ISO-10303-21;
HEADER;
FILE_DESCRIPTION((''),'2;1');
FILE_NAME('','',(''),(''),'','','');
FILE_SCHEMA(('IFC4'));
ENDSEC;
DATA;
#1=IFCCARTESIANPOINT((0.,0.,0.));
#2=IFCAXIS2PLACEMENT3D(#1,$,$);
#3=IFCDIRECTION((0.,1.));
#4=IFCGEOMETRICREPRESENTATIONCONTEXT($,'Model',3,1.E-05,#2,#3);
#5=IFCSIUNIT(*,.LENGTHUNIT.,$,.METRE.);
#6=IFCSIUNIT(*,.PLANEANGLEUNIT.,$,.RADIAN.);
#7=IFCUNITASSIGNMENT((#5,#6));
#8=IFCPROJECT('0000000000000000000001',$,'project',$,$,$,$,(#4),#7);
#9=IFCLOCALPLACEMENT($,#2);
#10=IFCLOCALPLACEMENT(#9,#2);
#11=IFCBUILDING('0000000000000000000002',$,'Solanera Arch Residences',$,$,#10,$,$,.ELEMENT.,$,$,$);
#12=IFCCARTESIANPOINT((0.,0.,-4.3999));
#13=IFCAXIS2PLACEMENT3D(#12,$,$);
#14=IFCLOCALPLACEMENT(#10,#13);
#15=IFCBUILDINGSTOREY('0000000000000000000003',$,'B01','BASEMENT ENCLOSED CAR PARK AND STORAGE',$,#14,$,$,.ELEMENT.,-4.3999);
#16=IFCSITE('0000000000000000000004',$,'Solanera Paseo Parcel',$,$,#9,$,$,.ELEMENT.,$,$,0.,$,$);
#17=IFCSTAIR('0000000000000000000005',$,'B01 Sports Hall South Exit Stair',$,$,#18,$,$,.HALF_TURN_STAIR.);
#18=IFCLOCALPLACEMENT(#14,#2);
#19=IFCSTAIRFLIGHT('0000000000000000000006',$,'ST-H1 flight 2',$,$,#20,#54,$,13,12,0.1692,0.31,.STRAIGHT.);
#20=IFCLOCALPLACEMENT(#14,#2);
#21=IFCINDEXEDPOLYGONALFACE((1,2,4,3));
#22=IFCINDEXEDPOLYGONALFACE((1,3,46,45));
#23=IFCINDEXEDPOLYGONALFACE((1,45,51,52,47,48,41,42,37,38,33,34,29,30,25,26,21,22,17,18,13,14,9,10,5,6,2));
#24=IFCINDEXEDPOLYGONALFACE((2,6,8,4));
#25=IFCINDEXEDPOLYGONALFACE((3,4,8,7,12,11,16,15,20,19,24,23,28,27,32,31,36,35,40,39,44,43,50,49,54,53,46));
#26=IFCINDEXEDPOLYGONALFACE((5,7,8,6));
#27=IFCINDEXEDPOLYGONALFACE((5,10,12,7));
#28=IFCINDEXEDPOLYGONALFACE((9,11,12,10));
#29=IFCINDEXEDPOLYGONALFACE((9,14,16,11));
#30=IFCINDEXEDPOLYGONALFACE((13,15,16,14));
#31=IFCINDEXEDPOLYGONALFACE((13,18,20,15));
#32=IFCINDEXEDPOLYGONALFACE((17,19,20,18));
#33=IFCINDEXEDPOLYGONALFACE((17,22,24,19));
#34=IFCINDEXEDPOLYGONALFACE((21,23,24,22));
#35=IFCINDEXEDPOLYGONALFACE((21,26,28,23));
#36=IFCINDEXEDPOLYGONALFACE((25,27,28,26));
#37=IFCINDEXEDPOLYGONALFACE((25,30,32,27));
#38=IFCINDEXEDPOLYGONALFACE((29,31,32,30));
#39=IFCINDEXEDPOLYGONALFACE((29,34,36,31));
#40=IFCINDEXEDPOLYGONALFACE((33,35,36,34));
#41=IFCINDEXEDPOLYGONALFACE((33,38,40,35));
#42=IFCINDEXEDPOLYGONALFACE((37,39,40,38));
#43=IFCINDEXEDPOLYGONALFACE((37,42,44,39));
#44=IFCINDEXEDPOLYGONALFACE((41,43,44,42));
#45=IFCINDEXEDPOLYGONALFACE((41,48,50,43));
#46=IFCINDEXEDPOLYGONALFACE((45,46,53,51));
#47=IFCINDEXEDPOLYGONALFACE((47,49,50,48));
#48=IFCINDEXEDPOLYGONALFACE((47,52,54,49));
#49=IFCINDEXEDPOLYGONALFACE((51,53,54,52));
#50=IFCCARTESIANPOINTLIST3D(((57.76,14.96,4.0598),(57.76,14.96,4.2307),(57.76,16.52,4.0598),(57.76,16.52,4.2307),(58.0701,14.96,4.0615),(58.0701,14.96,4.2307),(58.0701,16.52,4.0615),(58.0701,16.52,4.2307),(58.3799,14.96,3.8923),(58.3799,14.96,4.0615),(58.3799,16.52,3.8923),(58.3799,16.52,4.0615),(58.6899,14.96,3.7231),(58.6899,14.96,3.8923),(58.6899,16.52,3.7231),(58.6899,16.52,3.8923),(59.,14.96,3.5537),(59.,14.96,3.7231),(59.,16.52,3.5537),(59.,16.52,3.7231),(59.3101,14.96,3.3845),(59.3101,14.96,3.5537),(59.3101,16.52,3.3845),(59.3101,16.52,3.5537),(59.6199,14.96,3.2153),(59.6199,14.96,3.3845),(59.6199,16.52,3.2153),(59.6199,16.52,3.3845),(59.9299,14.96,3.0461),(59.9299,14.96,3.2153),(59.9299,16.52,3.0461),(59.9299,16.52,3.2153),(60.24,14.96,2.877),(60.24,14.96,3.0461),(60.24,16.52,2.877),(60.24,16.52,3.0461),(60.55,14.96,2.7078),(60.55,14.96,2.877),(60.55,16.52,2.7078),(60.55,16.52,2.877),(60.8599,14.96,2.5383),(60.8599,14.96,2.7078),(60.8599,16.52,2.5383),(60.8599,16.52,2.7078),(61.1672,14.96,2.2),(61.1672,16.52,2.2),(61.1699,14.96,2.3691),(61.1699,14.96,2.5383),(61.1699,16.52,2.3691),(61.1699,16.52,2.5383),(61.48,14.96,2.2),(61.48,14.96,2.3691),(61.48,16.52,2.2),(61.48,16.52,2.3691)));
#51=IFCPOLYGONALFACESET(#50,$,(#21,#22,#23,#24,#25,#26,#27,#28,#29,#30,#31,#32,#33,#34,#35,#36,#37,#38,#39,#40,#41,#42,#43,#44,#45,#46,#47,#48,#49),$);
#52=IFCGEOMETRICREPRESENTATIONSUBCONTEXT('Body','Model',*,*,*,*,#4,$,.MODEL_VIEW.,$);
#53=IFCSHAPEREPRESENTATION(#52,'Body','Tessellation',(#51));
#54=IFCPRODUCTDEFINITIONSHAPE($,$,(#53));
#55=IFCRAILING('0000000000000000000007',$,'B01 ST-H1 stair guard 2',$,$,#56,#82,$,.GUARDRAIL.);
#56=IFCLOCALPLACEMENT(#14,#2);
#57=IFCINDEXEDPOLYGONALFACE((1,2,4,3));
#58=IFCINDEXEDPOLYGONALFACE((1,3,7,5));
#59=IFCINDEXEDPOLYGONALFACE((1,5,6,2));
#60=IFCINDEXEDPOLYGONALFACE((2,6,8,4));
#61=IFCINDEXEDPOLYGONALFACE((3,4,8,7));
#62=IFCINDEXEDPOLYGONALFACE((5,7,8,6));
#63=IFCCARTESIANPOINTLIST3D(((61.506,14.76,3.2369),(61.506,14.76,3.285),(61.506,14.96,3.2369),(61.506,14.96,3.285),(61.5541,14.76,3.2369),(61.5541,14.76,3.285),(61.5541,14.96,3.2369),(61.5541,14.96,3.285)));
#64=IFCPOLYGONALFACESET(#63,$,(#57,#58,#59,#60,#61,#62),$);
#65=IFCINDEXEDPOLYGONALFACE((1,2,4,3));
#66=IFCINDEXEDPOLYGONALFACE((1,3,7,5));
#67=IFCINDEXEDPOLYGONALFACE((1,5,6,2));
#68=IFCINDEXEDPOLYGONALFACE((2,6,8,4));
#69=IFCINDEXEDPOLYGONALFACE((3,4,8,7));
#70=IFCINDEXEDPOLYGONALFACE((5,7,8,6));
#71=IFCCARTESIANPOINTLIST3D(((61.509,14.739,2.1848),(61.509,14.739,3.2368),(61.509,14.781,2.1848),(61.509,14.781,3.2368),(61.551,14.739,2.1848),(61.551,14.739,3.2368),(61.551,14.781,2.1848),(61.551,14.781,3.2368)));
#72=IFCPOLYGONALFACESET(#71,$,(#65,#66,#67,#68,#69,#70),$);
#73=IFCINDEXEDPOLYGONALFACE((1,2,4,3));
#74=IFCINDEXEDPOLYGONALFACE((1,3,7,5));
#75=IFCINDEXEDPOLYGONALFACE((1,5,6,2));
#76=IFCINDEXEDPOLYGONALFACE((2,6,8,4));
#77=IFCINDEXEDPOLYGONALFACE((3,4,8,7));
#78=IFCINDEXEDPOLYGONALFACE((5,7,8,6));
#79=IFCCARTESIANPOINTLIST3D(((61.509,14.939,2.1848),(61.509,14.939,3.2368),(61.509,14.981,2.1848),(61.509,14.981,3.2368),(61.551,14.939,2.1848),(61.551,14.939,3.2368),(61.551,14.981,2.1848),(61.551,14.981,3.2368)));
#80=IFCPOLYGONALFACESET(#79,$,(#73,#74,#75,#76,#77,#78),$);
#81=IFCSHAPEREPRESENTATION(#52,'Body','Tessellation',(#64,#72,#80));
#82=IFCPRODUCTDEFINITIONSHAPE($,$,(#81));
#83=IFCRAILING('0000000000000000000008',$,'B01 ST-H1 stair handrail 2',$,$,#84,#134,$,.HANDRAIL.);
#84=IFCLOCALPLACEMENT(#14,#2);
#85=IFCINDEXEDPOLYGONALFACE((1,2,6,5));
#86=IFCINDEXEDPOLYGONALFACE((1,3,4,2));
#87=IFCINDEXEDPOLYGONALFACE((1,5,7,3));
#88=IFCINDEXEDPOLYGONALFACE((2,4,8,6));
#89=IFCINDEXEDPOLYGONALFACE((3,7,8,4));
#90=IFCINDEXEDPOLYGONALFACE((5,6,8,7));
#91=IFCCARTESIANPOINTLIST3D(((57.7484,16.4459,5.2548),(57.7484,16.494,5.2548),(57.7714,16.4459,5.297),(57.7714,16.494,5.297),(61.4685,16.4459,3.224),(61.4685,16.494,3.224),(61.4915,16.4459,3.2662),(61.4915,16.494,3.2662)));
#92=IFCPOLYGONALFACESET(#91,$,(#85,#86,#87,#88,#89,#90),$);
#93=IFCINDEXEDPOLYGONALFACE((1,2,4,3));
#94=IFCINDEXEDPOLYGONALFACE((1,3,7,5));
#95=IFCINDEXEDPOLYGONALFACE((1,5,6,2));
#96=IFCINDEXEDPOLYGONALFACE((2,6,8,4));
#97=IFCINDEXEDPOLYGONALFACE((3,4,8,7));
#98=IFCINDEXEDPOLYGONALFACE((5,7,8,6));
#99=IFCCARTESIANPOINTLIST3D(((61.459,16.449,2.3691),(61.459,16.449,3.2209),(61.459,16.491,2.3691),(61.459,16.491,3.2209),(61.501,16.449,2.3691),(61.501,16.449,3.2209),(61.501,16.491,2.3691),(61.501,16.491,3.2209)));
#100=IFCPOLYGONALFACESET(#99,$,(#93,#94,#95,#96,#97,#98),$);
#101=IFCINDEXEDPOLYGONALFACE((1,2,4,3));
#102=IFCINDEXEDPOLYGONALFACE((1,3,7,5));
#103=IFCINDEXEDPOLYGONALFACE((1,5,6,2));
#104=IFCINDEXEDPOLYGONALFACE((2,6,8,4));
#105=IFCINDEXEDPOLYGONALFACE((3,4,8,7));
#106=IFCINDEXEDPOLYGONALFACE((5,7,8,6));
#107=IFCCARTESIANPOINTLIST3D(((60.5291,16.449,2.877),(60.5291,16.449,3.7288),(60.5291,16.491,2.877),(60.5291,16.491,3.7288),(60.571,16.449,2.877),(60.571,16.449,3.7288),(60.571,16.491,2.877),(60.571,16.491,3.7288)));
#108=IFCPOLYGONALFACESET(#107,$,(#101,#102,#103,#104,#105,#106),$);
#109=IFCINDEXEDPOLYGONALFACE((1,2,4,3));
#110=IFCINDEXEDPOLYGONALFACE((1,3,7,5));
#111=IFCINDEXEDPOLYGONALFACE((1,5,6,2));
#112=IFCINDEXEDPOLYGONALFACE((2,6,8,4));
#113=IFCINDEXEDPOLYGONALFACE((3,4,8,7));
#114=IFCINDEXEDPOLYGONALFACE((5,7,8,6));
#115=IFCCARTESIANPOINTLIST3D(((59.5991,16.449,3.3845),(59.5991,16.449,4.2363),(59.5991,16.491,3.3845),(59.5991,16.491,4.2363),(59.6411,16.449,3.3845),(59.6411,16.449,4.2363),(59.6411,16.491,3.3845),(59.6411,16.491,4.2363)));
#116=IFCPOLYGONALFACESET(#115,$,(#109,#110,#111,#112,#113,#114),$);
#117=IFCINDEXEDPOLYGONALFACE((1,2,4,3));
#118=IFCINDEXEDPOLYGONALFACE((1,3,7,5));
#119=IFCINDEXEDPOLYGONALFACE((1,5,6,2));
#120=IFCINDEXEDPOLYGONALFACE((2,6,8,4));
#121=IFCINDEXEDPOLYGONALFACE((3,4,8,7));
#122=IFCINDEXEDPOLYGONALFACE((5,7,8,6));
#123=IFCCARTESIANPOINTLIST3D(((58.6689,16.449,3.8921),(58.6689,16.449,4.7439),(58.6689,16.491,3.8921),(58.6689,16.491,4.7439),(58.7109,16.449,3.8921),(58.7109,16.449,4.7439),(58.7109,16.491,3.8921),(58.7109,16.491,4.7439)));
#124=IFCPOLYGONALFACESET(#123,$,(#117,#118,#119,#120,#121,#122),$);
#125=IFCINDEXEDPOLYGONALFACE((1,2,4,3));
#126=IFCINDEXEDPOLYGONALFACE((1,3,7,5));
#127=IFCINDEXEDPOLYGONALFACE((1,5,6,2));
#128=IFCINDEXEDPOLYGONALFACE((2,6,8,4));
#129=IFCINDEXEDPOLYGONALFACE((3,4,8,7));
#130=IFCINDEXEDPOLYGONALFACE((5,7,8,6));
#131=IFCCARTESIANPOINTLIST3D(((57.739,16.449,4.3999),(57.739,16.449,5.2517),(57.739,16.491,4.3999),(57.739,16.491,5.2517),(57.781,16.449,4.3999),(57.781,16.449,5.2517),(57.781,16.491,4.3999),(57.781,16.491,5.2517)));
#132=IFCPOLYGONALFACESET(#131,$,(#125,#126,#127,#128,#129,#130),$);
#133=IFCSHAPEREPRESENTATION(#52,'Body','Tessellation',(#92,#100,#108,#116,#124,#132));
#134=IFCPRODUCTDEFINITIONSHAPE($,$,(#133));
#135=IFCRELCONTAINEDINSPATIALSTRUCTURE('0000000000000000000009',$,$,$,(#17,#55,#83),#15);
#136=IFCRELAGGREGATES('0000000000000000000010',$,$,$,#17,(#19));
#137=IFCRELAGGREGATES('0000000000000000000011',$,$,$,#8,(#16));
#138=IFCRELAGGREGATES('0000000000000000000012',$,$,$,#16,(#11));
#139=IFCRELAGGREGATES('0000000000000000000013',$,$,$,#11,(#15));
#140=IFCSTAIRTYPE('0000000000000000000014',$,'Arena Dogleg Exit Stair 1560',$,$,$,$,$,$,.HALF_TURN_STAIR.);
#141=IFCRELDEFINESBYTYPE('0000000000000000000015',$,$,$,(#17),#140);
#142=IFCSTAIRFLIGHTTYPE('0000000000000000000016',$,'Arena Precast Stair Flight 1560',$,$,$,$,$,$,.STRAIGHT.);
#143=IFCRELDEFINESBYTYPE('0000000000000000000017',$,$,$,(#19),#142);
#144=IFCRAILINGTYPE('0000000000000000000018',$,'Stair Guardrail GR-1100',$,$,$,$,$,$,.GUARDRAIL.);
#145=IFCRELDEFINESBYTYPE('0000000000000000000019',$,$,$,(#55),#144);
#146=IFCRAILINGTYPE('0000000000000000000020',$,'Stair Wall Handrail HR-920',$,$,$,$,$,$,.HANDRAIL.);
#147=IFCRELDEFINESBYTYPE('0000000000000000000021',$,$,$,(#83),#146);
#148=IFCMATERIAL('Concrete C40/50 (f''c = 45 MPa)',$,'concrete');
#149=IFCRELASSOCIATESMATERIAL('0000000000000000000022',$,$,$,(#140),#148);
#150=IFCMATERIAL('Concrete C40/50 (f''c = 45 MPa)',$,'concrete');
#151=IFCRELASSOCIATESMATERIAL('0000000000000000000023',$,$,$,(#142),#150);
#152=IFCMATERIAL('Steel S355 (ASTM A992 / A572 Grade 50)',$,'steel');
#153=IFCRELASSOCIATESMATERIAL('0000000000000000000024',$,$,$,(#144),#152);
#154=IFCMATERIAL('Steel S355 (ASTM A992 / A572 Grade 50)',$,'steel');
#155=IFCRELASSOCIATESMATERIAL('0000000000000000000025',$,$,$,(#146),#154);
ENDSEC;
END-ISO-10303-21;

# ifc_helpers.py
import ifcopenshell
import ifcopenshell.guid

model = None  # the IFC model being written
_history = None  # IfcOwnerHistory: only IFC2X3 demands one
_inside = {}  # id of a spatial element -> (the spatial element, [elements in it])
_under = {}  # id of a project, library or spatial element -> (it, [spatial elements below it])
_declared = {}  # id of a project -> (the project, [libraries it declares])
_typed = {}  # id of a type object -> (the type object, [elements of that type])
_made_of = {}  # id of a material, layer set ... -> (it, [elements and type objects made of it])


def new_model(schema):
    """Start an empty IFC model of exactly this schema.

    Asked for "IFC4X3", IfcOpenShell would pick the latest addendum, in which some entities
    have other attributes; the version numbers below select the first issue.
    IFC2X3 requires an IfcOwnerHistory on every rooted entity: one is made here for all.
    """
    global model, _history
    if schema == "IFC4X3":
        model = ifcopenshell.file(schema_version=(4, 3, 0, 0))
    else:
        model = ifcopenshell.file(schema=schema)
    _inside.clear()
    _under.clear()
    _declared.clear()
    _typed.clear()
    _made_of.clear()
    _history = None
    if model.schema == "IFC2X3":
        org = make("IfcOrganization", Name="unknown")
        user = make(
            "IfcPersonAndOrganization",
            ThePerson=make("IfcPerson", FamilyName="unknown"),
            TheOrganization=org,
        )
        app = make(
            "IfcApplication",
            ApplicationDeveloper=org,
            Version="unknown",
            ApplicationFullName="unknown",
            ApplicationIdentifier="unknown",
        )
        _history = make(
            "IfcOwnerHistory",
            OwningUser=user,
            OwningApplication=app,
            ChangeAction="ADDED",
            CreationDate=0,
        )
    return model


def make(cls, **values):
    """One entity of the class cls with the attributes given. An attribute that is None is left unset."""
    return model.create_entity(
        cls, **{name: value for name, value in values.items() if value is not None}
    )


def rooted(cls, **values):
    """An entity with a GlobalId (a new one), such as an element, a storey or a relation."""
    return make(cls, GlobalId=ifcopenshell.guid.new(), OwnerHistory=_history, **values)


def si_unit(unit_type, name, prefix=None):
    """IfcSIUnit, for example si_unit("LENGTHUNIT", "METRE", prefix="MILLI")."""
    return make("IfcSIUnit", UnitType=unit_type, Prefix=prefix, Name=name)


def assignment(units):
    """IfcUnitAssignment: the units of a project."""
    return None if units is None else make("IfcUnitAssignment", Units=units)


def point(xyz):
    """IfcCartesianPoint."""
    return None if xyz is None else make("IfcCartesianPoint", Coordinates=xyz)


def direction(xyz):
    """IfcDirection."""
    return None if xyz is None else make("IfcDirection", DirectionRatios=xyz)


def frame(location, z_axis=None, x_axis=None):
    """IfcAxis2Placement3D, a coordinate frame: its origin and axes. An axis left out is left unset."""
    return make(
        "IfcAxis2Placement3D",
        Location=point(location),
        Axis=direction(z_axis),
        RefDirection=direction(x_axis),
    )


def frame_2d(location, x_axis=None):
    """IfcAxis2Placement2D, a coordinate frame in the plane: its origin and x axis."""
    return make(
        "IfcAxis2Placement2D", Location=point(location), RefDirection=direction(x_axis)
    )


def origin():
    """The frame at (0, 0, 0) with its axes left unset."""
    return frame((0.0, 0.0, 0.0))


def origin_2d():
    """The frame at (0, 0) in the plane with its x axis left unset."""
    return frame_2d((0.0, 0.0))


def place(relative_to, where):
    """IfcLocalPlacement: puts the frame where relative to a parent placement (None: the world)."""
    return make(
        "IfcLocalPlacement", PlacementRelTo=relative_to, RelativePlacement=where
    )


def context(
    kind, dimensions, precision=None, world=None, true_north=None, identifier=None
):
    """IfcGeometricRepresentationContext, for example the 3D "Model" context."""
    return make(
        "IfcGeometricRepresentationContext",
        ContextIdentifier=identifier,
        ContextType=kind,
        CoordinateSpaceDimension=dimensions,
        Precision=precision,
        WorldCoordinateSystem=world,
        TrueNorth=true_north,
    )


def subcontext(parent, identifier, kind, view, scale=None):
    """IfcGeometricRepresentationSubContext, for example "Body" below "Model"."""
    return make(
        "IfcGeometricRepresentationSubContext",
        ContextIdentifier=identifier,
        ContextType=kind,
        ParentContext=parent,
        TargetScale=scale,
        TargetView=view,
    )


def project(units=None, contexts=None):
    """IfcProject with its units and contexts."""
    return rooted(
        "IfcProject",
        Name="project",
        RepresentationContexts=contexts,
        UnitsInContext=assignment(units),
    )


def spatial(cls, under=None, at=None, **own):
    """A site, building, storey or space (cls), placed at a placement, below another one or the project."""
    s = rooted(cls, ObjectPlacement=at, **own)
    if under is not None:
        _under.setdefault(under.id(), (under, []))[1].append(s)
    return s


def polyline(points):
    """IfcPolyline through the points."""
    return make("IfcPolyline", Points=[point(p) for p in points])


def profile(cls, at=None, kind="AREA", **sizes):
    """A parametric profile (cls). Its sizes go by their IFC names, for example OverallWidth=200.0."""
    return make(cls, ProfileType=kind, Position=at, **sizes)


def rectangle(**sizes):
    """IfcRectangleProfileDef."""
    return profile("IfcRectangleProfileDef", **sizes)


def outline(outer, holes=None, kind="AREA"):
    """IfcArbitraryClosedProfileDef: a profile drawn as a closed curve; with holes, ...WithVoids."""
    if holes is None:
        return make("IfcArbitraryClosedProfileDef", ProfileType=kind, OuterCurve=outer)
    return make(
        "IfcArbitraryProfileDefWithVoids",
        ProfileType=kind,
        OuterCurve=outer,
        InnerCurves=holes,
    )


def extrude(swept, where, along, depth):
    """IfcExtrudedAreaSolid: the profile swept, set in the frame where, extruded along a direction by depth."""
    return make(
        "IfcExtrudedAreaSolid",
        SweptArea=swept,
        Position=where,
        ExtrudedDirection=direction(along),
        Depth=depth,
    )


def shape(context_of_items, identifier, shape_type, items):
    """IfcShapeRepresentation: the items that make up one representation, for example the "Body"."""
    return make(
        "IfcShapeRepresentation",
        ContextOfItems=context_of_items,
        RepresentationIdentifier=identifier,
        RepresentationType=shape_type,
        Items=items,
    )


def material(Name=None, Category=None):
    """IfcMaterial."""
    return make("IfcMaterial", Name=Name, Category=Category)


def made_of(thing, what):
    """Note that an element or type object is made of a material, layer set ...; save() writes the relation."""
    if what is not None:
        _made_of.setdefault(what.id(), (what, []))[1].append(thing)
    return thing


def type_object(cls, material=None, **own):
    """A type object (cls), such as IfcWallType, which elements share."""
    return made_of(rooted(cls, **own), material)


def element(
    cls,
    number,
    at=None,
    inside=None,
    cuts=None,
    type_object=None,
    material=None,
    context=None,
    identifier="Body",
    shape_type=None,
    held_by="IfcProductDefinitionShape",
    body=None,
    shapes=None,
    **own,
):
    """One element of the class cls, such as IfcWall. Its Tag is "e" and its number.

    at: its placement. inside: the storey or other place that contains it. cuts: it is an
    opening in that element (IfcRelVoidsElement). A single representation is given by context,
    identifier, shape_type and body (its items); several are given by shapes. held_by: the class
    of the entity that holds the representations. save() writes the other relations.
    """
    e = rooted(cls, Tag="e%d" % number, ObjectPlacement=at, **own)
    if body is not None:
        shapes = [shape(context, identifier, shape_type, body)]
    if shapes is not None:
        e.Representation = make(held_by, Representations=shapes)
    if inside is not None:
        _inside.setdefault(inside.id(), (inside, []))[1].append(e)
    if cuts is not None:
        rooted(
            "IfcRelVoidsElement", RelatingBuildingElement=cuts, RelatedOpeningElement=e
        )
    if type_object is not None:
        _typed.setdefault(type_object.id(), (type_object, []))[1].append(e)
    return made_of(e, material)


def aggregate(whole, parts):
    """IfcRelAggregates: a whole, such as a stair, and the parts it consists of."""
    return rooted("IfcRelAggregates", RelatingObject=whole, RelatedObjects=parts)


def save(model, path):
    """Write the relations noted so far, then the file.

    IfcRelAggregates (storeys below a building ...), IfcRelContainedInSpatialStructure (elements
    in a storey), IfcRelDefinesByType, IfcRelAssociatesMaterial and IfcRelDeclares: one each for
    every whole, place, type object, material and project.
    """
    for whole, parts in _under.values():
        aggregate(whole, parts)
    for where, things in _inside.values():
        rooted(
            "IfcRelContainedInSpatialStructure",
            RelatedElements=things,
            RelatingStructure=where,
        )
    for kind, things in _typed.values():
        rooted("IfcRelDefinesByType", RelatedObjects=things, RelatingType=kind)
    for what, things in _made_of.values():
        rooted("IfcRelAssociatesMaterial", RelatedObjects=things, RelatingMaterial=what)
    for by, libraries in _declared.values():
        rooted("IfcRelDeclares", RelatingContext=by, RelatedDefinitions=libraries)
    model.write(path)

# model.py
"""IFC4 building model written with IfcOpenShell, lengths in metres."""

from ifc_helpers import new_model, si_unit, direction, frame, origin, origin_2d, place, context, subcontext, project, spatial, polyline, rectangle, outline, extrude, material, type_object, element, aggregate, save


model = new_model("IFC4")

# Units and contexts
model_context = context("Model", 3, precision=1e-05, world=origin(), true_north=direction((0.0, 1.0)))
body_context = subcontext(model_context, "Body", "Model", "MODEL_VIEW")
ifc_project = project(units=[si_unit("LENGTHUNIT", "METRE"), si_unit("PLANEANGLEUNIT", "RADIAN")], contexts=[model_context])

# Site, building, storey
site_placement = place(None, origin())
site = spatial("IfcSite", under=ifc_project, at=site_placement, Name="Solanera Paseo Parcel", CompositionType="ELEMENT", RefElevation=0.0)
building_placement = place(site_placement, origin())
building = spatial("IfcBuilding", under=site, at=building_placement, Name="Solanera Arch Residences", CompositionType="ELEMENT")
storey_placement = place(building_placement, frame((0.0, 0.0, -4.3999)))
storey = spatial("IfcBuildingStorey", under=building, at=storey_placement, Name="B01", Description="BASEMENT ENCLOSED CAR PARK AND STORAGE", CompositionType="ELEMENT", Elevation=-4.3999)

# Stair, stair flight
ifc_material_1 = material(Name="Concrete C40/50 (f'c = 45 MPa)", Category="concrete")
stair_type = type_object("IfcStairType", Name="Arena Dogleg Exit Stair 1560", PredefinedType="HALF_TURN_STAIR", material=ifc_material_1)
stair_placement = place(storey_placement, origin())
stair = element("IfcStair", 1, at=stair_placement, inside=storey, type_object=stair_type, Name="B01 Sports Hall South Exit Stair", PredefinedType="HALF_TURN_STAIR")
ifc_material_2 = material(Name="Concrete C40/50 (f'c = 45 MPa)", Category="concrete")
stair_flight_type = type_object("IfcStairFlightType", Name="Arena Precast Stair Flight 1560", PredefinedType="STRAIGHT", material=ifc_material_2)
stair_flight_placement = place(storey_placement, frame((61.48, 15.74, 2.2), z_axis=(0.0, 0.0, 1.0), x_axis=(-1.0, 0.0, 0.0)))
stair_flight = element("IfcStairFlight", 2, at=stair_flight_placement, type_object=stair_flight_type, Name="ST-H1 flight 2", NumberOfRisers=13, NumberOfTreads=12, PredefinedType="STRAIGHT", RiserHeight=0.1692, TreadLength=0.31, context=body_context, shape_type="SweptSolid", body=[
    extrude(outline(polyline([(0.0, 0.0), (0.0, 0.1692), (0.3101, 0.1692), (0.3101, 0.3384), (0.6201, 0.3384), (0.6201, 0.5078), (0.9299, 0.5078), (0.9299, 0.677), (1.24, 0.677), (1.24, 0.8462), (1.55, 0.8462), (1.55, 1.0154), (1.8601, 1.0154), (1.8601, 1.1846), (2.1699, 1.1846), (2.1699, 1.3538), (2.48, 1.3538), (2.48, 1.5232), (2.79, 1.5232), (2.79, 1.6924), (3.1001, 1.6924), (3.1001, 1.8616), (3.4099, 1.8616), (3.4099, 2.0308), (3.72, 2.0308), (3.72, 2.2), (3.72, 1.8599), (0.3127, 0.0), (0.0, 0.0)])), frame((0.0, 0.78, 0.0), z_axis=(0.0, -1.0, 0.0), x_axis=(1.0, 0.0, 0.0)), (0.0, 0.0, 1.0), 1.5601),
])
aggregate(stair, [stair_flight])

# Railings
ifc_material_3 = material(Name="Steel S355 (ASTM A992 / A572 Grade 50)", Category="steel")
railing_type_1 = type_object("IfcRailingType", Name="Stair Guardrail GR-1100", PredefinedType="GUARDRAIL", material=ifc_material_3)
railing_1_placement = place(storey_placement, frame((61.53, 14.76, 2.1848)))
element("IfcRailing", 3, at=railing_1_placement, inside=storey, type_object=railing_type_1, Name="B01 ST-H1 stair guard 2", PredefinedType="GUARDRAIL", context=body_context, shape_type="SweptSolid", body=[
    extrude(rectangle(XDim=0.0481, YDim=0.0481, at=origin_2d()), frame((0.0, 0.0, 1.0762), z_axis=(0.0, 1.0, 0.0), x_axis=(-1.0, 0.0, 0.0)), (0.0, 0.0, 1.0), 0.2),
    extrude(rectangle(XDim=0.042, YDim=0.042, at=origin_2d()), origin(), (0.0, 0.0, 1.0), 1.052),
    extrude(rectangle(XDim=0.042, YDim=0.042, at=origin_2d()), frame((0.0, 0.2, 0.0)), (0.0, 0.0, 1.0), 1.052),
])
ifc_material_4 = material(Name="Steel S355 (ASTM A992 / A572 Grade 50)", Category="steel")
railing_type_2 = type_object("IfcRailingType", Name="Stair Wall Handrail HR-920", PredefinedType="HANDRAIL", material=ifc_material_4)
railing_2_placement = place(storey_placement, frame((61.48, 16.47, 2.3691)))
element("IfcRailing", 4, at=railing_2_placement, inside=storey, type_object=railing_type_2, Name="B01 ST-H1 stair handrail 2", PredefinedType="HANDRAIL", context=body_context, shape_type="SweptSolid", body=[
    extrude(rectangle(XDim=0.0481, YDim=0.0481, at=origin_2d()), frame((0.0, 0.0, 0.876), z_axis=(-0.877728, 0.0, 0.479159), x_axis=(0.0, -1.0, 0.0)), (0.0, 0.0, 1.0), 4.2383),
    extrude(rectangle(XDim=0.042, YDim=0.042, at=origin_2d()), origin(), (0.0, 0.0, 1.0), 0.8518),
    extrude(rectangle(XDim=0.042, YDim=0.042, at=origin_2d()), frame((-0.9299, 0.0, 0.5078)), (0.0, 0.0, 1.0), 0.8518),
    extrude(rectangle(XDim=0.042, YDim=0.042, at=origin_2d()), frame((-1.8599, 0.0, 1.0154)), (0.0, 0.0, 1.0), 0.8518),
    extrude(rectangle(XDim=0.042, YDim=0.042, at=origin_2d()), frame((-2.79, 0.0, 1.5229)), (0.0, 0.0, 1.0), 0.8518),
    extrude(rectangle(XDim=0.042, YDim=0.042, at=origin_2d()), frame((-3.72, 0.0, 2.0308)), (0.0, 0.0, 1.0), 0.8518),
])

save(model, "model.ifc")
